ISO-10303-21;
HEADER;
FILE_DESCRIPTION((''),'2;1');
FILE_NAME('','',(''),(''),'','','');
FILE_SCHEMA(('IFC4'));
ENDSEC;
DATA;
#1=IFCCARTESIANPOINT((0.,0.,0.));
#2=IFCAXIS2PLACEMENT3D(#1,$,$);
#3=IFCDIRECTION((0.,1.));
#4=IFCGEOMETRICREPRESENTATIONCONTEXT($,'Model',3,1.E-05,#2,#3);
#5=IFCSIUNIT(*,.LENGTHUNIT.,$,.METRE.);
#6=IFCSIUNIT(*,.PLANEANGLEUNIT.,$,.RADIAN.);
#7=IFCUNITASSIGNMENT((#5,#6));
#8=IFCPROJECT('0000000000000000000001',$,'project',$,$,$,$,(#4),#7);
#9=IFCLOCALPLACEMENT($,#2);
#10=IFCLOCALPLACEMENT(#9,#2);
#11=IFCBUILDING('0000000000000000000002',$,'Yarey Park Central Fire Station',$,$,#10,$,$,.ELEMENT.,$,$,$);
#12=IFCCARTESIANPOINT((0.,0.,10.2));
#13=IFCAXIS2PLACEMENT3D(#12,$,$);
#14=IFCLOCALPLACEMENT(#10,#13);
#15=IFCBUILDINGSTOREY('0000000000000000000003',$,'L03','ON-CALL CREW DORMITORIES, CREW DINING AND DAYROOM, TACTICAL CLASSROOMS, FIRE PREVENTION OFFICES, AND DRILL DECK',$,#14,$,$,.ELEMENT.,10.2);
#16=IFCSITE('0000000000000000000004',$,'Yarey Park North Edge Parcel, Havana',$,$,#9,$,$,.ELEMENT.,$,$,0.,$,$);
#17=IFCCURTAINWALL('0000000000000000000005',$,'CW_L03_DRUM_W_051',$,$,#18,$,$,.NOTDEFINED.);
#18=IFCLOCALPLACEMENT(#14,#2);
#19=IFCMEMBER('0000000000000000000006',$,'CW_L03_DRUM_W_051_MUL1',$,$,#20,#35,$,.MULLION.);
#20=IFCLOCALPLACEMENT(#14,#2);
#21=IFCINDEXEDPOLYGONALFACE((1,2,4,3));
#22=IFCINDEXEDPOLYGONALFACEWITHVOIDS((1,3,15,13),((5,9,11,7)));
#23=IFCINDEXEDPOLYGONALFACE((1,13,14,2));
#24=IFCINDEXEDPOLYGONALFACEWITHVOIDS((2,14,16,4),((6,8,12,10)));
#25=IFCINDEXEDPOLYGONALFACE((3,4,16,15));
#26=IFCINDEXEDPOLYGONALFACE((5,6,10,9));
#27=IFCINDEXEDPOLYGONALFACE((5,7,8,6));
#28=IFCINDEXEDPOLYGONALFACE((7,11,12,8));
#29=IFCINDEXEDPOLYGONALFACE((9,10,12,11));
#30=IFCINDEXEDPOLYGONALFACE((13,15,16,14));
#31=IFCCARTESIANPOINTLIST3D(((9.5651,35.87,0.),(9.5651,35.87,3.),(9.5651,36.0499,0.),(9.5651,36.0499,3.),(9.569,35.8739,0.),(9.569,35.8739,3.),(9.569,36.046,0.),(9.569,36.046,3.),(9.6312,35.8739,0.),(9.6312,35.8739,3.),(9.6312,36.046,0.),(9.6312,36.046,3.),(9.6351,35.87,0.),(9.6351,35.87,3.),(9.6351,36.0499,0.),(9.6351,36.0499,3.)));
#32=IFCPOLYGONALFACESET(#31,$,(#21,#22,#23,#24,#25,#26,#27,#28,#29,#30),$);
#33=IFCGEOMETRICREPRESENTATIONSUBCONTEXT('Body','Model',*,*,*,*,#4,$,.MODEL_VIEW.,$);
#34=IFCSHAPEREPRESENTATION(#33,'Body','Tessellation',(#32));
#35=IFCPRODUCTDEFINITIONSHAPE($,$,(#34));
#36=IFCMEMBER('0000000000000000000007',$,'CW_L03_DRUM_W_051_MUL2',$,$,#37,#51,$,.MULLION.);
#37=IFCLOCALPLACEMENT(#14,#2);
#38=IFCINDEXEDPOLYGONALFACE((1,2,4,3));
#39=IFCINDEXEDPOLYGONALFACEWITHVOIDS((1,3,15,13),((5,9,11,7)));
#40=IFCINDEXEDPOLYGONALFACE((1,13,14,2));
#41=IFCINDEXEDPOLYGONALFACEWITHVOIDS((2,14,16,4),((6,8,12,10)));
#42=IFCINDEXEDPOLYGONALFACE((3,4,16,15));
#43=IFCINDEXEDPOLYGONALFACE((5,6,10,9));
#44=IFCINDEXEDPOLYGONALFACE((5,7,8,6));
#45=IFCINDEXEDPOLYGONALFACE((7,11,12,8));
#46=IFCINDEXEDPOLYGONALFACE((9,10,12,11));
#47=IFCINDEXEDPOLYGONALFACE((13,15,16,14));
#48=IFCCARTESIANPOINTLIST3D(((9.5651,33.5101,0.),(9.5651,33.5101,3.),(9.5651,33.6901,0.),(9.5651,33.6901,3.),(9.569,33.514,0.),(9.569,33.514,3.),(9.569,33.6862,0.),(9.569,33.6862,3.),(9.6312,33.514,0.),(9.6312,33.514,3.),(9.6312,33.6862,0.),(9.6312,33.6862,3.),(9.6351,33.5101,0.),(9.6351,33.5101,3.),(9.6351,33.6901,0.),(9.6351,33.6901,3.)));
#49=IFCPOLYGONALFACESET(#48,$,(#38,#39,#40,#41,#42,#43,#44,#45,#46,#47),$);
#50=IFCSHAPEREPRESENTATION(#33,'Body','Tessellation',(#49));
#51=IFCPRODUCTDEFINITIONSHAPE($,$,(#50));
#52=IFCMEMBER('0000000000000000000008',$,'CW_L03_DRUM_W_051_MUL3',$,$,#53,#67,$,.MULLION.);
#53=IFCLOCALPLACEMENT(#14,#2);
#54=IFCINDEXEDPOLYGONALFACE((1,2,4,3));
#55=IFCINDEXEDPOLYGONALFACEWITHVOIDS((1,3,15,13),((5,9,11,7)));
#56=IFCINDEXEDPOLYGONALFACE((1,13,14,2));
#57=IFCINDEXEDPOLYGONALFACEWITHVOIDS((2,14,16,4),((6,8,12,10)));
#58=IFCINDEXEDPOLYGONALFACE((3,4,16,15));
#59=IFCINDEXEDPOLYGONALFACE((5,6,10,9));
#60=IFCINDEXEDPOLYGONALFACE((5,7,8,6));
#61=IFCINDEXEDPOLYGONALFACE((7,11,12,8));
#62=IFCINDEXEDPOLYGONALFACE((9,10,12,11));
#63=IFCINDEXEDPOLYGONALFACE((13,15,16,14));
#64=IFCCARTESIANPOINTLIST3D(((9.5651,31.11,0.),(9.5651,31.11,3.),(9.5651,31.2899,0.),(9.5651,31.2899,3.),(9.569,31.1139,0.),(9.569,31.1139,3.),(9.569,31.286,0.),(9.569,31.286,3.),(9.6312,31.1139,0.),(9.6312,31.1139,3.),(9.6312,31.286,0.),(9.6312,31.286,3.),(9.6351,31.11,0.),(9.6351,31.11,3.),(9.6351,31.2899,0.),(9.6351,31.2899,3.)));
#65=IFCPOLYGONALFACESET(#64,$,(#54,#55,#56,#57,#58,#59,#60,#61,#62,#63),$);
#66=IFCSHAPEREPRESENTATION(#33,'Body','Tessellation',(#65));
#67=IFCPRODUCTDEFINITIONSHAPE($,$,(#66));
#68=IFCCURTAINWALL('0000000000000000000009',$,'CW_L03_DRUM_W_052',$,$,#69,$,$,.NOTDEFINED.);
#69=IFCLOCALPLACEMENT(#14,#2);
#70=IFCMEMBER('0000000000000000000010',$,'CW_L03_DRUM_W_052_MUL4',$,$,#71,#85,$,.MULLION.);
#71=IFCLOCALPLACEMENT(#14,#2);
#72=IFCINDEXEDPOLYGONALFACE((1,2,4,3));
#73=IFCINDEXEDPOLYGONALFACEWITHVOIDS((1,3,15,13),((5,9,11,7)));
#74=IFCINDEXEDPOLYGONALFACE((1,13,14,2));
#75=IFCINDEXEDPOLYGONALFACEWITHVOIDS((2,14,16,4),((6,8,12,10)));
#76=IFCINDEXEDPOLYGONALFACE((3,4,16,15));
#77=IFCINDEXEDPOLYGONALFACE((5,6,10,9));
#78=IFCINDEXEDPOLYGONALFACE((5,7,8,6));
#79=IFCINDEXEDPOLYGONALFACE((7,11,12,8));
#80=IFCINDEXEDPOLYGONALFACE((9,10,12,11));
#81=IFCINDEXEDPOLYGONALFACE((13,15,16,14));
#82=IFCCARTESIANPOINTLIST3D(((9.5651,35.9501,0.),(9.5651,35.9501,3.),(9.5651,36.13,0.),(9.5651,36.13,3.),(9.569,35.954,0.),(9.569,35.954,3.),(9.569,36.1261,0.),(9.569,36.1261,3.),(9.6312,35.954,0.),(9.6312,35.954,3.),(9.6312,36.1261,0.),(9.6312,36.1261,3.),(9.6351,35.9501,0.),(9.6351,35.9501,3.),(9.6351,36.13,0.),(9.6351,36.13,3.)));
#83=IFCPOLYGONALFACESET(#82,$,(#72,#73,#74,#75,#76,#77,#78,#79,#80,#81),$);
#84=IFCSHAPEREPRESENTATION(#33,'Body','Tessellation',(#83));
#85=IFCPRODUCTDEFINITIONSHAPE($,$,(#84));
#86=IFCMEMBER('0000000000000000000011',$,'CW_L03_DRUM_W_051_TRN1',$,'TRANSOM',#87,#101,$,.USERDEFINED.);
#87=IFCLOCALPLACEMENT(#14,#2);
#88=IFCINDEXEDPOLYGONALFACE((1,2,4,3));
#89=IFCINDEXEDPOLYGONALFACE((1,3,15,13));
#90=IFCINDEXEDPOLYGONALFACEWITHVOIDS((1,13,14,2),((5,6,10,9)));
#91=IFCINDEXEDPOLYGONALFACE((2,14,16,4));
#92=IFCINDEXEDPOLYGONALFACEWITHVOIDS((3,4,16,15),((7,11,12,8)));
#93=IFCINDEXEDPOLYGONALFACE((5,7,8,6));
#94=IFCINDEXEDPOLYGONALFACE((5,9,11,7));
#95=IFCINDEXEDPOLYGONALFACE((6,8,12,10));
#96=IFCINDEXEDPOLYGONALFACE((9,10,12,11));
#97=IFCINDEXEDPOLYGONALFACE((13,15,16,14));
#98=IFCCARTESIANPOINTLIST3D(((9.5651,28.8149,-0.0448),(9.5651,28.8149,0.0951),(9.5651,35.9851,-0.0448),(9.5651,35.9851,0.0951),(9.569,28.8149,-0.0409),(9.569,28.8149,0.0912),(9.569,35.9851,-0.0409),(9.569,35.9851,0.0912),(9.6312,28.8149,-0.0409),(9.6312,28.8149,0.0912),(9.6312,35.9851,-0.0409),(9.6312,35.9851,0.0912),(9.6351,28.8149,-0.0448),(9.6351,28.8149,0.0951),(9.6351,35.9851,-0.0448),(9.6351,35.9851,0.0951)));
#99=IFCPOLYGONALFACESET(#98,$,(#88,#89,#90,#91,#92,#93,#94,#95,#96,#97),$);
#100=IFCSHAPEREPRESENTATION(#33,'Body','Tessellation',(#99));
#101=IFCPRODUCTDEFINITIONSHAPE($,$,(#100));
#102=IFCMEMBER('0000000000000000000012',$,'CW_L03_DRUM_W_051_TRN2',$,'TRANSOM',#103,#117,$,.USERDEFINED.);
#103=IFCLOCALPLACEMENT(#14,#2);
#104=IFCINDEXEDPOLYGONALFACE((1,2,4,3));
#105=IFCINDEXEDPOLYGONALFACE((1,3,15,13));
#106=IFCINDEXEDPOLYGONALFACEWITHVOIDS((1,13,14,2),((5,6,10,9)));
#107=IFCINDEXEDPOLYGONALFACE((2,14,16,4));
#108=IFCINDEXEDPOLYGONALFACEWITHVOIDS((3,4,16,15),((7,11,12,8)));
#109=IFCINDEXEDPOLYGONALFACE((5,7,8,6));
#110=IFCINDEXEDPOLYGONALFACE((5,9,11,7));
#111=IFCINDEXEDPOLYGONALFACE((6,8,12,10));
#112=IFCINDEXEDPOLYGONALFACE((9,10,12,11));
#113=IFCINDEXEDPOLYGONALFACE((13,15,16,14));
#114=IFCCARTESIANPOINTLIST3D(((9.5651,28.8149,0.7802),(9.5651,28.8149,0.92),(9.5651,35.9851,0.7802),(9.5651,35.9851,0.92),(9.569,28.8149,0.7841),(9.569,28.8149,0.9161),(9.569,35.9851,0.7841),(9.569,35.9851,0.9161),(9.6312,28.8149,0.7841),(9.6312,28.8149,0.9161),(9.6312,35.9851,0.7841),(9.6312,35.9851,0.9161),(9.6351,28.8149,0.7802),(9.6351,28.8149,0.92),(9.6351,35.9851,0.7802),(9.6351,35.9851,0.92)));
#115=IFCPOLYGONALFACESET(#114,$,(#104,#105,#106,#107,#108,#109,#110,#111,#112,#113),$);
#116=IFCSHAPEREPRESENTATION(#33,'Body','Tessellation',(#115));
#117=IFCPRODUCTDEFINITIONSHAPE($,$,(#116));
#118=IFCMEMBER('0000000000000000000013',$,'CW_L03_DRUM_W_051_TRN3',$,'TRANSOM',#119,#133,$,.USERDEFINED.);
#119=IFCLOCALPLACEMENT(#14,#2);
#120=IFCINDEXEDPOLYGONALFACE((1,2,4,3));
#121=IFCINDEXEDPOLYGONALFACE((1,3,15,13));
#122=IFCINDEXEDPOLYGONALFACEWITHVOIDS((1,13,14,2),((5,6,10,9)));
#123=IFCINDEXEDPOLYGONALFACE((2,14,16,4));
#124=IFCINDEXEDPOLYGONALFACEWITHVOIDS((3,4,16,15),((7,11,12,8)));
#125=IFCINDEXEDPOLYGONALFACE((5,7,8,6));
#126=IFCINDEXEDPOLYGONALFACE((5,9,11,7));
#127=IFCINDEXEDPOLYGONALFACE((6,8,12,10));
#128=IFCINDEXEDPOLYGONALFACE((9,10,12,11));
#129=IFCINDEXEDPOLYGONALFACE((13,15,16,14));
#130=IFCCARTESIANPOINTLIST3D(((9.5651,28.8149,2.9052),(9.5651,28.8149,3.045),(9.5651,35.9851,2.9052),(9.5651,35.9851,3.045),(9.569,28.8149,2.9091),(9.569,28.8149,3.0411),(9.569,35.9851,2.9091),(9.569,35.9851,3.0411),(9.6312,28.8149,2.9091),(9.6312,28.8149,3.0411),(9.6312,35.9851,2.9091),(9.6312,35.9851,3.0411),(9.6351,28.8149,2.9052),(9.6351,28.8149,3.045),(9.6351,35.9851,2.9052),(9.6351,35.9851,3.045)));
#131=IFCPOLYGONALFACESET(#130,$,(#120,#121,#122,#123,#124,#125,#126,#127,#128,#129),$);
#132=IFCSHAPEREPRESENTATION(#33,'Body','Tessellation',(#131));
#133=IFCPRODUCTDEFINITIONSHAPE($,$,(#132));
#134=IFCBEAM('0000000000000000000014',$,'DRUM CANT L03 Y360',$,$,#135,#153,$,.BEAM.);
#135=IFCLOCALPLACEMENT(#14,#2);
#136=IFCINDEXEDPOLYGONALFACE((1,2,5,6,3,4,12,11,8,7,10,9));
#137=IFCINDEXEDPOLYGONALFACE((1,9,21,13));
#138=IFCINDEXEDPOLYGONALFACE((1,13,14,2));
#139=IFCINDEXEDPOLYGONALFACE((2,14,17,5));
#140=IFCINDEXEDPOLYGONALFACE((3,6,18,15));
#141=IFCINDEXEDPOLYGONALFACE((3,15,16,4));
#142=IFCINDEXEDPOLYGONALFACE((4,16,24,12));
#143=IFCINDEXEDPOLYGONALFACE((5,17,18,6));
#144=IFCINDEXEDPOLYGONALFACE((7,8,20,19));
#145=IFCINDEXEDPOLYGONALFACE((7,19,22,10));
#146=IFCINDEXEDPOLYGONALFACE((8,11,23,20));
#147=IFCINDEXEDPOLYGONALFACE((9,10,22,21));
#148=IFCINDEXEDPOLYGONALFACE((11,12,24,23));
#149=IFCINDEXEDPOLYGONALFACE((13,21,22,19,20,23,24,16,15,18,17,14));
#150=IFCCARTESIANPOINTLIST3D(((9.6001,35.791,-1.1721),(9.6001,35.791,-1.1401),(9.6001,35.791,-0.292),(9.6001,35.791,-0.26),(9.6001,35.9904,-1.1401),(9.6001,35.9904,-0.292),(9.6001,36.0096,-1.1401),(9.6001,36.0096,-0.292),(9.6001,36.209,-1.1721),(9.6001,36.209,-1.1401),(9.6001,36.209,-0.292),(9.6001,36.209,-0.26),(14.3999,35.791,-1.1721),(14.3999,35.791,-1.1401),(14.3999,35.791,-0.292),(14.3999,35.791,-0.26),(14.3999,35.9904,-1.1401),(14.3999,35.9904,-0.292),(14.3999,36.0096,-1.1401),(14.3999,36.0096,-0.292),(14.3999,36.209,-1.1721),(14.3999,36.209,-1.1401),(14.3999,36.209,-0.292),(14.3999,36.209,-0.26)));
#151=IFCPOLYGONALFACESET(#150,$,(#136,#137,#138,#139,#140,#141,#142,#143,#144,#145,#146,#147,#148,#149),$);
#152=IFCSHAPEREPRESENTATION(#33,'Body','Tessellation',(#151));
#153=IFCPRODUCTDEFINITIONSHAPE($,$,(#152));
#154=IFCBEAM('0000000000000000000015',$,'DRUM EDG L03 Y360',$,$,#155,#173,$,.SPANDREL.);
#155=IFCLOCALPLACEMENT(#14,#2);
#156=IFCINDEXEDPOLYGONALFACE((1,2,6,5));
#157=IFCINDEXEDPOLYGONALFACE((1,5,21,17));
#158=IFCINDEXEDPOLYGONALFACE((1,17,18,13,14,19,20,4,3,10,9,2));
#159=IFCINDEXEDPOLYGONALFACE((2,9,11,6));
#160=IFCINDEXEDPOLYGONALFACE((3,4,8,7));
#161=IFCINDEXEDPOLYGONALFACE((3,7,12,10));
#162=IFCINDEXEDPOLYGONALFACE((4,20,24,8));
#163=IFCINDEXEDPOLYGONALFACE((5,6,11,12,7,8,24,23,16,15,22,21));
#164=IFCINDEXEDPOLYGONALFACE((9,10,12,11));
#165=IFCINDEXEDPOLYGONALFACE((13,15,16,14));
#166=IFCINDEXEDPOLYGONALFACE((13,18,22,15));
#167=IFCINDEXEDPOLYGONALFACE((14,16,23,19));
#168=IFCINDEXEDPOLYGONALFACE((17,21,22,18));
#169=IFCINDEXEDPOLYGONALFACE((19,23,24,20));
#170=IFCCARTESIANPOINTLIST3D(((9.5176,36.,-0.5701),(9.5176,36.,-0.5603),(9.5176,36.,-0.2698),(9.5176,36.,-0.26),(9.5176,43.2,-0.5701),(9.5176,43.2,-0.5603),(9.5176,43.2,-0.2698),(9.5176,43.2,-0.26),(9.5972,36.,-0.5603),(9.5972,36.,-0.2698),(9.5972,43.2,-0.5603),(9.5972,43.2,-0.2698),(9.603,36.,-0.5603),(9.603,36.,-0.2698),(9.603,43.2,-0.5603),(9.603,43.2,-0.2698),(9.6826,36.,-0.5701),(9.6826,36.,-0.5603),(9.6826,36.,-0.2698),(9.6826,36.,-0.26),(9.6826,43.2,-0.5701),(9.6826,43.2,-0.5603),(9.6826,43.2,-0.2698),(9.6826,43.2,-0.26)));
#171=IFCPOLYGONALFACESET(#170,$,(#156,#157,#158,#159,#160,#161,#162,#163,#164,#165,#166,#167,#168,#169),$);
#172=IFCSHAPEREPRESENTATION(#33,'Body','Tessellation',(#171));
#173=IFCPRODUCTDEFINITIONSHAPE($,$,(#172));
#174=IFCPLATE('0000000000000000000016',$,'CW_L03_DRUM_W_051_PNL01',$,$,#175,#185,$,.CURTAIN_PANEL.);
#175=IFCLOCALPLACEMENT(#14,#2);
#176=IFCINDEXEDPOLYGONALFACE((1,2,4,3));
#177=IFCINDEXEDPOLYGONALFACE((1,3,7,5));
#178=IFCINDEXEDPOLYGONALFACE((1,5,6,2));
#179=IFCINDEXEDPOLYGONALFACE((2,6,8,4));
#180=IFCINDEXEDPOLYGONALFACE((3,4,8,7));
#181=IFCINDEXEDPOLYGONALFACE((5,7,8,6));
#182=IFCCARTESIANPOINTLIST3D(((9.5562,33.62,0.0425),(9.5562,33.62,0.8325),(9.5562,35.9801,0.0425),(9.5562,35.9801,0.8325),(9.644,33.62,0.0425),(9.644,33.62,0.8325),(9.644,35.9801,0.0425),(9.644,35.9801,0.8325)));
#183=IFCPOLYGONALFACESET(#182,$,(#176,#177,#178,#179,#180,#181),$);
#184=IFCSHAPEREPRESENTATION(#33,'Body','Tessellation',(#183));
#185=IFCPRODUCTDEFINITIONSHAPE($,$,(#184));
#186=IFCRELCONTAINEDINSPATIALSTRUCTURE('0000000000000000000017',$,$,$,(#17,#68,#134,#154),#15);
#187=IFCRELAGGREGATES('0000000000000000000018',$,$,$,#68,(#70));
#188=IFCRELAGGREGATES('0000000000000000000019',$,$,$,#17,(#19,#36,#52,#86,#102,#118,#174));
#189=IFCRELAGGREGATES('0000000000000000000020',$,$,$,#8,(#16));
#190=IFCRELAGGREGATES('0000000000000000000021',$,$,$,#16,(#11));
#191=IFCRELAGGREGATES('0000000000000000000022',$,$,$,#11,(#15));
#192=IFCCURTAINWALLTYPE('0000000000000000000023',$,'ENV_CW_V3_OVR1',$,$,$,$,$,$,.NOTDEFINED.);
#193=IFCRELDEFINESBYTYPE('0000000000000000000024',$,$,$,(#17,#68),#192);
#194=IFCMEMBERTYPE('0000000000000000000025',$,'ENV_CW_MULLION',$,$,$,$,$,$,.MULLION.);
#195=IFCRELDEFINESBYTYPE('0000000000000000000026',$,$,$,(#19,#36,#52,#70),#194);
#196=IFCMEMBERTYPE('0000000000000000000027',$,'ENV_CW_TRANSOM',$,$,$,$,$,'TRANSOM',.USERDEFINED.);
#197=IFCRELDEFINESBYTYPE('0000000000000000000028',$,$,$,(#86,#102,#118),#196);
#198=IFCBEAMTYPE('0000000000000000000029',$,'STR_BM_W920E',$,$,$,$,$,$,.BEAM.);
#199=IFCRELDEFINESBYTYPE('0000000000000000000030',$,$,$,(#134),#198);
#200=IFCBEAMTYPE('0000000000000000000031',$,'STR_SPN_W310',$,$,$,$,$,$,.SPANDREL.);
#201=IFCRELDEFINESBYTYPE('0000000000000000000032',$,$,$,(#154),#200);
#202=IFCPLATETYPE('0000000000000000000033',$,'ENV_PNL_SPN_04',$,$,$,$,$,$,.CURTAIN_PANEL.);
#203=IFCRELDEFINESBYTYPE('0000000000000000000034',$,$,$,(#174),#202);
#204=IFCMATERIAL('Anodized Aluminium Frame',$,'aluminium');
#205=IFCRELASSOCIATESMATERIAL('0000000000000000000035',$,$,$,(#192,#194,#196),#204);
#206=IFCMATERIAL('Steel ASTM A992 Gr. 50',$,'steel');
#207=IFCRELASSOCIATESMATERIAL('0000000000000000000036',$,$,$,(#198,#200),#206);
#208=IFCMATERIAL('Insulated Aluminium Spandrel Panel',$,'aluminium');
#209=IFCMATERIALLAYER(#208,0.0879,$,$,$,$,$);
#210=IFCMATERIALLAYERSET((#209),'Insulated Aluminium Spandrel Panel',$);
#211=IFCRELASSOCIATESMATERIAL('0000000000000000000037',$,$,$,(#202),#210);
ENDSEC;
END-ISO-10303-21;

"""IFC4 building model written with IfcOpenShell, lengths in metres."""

from ifc_helpers import new_model, si_unit, direction, frame, origin, origin_2d, place, context, subcontext, project, spatial, rectangle, hollow_rectangle, i_section, extrude, material, layer, layer_set, material_profile, profile_set, type_object, element, aggregate, save


model = new_model("IFC4")

# Units and contexts
model_context = context("Model", 3, precision=1e-05, world=origin(), true_north=direction((0.0, 1.0)))
body_context = subcontext(model_context, "Body", "Model", "MODEL_VIEW")
ifc_project = project(units=[si_unit("LENGTHUNIT", "METRE"), si_unit("PLANEANGLEUNIT", "RADIAN")], contexts=[model_context])

# Site, building, storey
site_placement = place(None, origin())
site = spatial("IfcSite", under=ifc_project, at=site_placement, Name="Yarey Park North Edge Parcel, Havana", CompositionType="ELEMENT", RefElevation=0.0)
building_placement = place(site_placement, origin())
building = spatial("IfcBuilding", under=site, at=building_placement, Name="Yarey Park Central Fire Station", CompositionType="ELEMENT")
storey_placement = place(building_placement, frame((0.0, 0.0, 10.2)))
storey = spatial("IfcBuildingStorey", under=building, at=storey_placement, Name="L03", Description="ON-CALL CREW DORMITORIES, CREW DINING AND DAYROOM, TACTICAL CLASSROOMS, FIRE PREVENTION OFFICES, AND DRILL DECK", CompositionType="ELEMENT", Elevation=10.2)

# Curtain wall, members
ifc_material_1 = material(Name="Anodized Aluminium Frame", Category="aluminium")
curtain_wall_type = type_object("IfcCurtainWallType", Name="ENV_CW_V3_OVR1", PredefinedType="NOTDEFINED", material=ifc_material_1)
curtain_wall_1_placement = place(storey_placement, origin())
curtain_wall_1 = element("IfcCurtainWall", 1, at=curtain_wall_1_placement, inside=storey, type_object=curtain_wall_type, Name="CW_L03_DRUM_W_051", PredefinedType="NOTDEFINED")
ifc_material_profile_1 = material_profile(ifc_material_1, hollow_rectangle(XDim=0.0701, YDim=0.1799, WallThickness=0.0039, at=origin_2d()), Name="ALU 180x70x4")
ifc_profile_set_1 = profile_set([ifc_material_profile_1], Name="Anodized Aluminium Frame")
member_type_1 = type_object("IfcMemberType", Name="ENV_CW_MULLION", PredefinedType="MULLION", material=ifc_profile_set_1)
member_1_placement = place(storey_placement, frame((9.6001, 35.96, 0.0), z_axis=(0.0, 0.0, 1.0), x_axis=(1.0, 0.0, 0.0)))
member_1 = element("IfcMember", 2, at=member_1_placement, type_object=member_type_1, Name="CW_L03_DRUM_W_051_MUL1", PredefinedType="MULLION", context=body_context, shape_type="SweptSolid", body=[
    extrude(hollow_rectangle(XDim=0.0701, YDim=0.1799, WallThickness=0.0039, at=origin_2d()), origin(), (0.0, 0.0, 1.0), 3.0),
])
member_2_placement = place(storey_placement, frame((9.6001, 33.6001, 0.0), z_axis=(0.0, 0.0, 1.0), x_axis=(1.0, 0.0, 0.0)))
member_2 = element("IfcMember", 3, at=member_2_placement, type_object=member_type_1, Name="CW_L03_DRUM_W_051_MUL2", PredefinedType="MULLION", context=body_context, shape_type="SweptSolid", body=[
    extrude(hollow_rectangle(XDim=0.0701, YDim=0.1799, WallThickness=0.0039, at=origin_2d()), origin(), (0.0, 0.0, 1.0), 3.0),
])
member_3_placement = place(storey_placement, frame((9.6001, 31.2, 0.0), z_axis=(0.0, 0.0, 1.0), x_axis=(1.0, 0.0, 0.0)))
member_3 = element("IfcMember", 4, at=member_3_placement, type_object=member_type_1, Name="CW_L03_DRUM_W_051_MUL3", PredefinedType="MULLION", context=body_context, shape_type="SweptSolid", body=[
    extrude(hollow_rectangle(XDim=0.0701, YDim=0.1799, WallThickness=0.0039, at=origin_2d()), origin(), (0.0, 0.0, 1.0), 3.0),
])

# Curtain wall, member
curtain_wall_2_placement = place(storey_placement, origin())
curtain_wall_2 = element("IfcCurtainWall", 5, at=curtain_wall_2_placement, inside=storey, type_object=curtain_wall_type, Name="CW_L03_DRUM_W_052", PredefinedType="NOTDEFINED")
member_4_placement = place(storey_placement, frame((9.6001, 36.04, 0.0), z_axis=(0.0, 0.0, 1.0), x_axis=(1.0, 0.0, 0.0)))
member_4 = element("IfcMember", 6, at=member_4_placement, type_object=member_type_1, Name="CW_L03_DRUM_W_052_MUL4", PredefinedType="MULLION", context=body_context, shape_type="SweptSolid", body=[
    extrude(hollow_rectangle(XDim=0.0701, YDim=0.1799, WallThickness=0.0039, at=origin_2d()), origin(), (0.0, 0.0, 1.0), 3.0),
])
aggregate(curtain_wall_2, [member_4])

# Members
ifc_material_profile_2 = material_profile(ifc_material_1, hollow_rectangle(XDim=0.0701, YDim=0.1399, WallThickness=0.0039, at=origin_2d()), Name="ALU 140x70x4")
ifc_profile_set_2 = profile_set([ifc_material_profile_2], Name="Anodized Aluminium Frame")
member_type_2 = type_object("IfcMemberType", Name="ENV_CW_TRANSOM", ElementType="TRANSOM", PredefinedType="USERDEFINED", material=ifc_profile_set_2)
member_5_placement = place(storey_placement, frame((9.6001, 35.9851, 0.0251), z_axis=(0.0, -1.0, 0.0), x_axis=(1.0, 0.0, 0.0)))
member_5 = element("IfcMember", 7, at=member_5_placement, type_object=member_type_2, Name="CW_L03_DRUM_W_051_TRN1", ObjectType="TRANSOM", PredefinedType="USERDEFINED", context=body_context, shape_type="SweptSolid", body=[
    extrude(hollow_rectangle(XDim=0.0701, YDim=0.1399, WallThickness=0.0039, at=origin_2d()), origin(), (0.0, 0.0, 1.0), 7.1702),
])
member_6_placement = place(storey_placement, frame((9.6001, 35.9851, 0.8501), z_axis=(0.0, -1.0, 0.0), x_axis=(1.0, 0.0, 0.0)))
member_6 = element("IfcMember", 8, at=member_6_placement, type_object=member_type_2, Name="CW_L03_DRUM_W_051_TRN2", ObjectType="TRANSOM", PredefinedType="USERDEFINED", context=body_context, shape_type="SweptSolid", body=[
    extrude(hollow_rectangle(XDim=0.0701, YDim=0.1399, WallThickness=0.0039, at=origin_2d()), origin(), (0.0, 0.0, 1.0), 7.1702),
])
member_7_placement = place(storey_placement, frame((9.6001, 35.9851, 2.9751), z_axis=(0.0, -1.0, 0.0), x_axis=(1.0, 0.0, 0.0)))
member_7 = element("IfcMember", 9, at=member_7_placement, type_object=member_type_2, Name="CW_L03_DRUM_W_051_TRN3", ObjectType="TRANSOM", PredefinedType="USERDEFINED", context=body_context, shape_type="SweptSolid", body=[
    extrude(hollow_rectangle(XDim=0.0701, YDim=0.1399, WallThickness=0.0039, at=origin_2d()), origin(), (0.0, 0.0, 1.0), 7.1702),
])

# Beams
ifc_material_2 = material(Name="Steel ASTM A992 Gr. 50", Category="steel")
ifc_material_profile_3 = material_profile(ifc_material_2, i_section(OverallWidth=0.418, OverallDepth=0.9121, WebThickness=0.0193, FlangeThickness=0.032, at=origin_2d()), Name="W920x342")
ifc_profile_set_3 = profile_set([ifc_material_profile_3], Name="Steel ASTM A992 Gr. 50")
beam_type_1 = type_object("IfcBeamType", Name="STR_BM_W920E", PredefinedType="BEAM", material=ifc_profile_set_3)
beam_1_placement = place(storey_placement, frame((9.6001, 36.0, -0.7161), z_axis=(1.0, 0.0, 0.0), x_axis=(0.0, 1.0, 0.0)))
element("IfcBeam", 10, at=beam_1_placement, inside=storey, type_object=beam_type_1, Name="DRUM CANT L03 Y360", PredefinedType="BEAM", context=body_context, shape_type="SweptSolid", body=[
    extrude(i_section(OverallWidth=0.418, OverallDepth=0.9121, WebThickness=0.0193, FlangeThickness=0.032, at=origin_2d()), origin(), (0.0, 0.0, 1.0), 4.7998),
])
ifc_material_profile_4 = material_profile(ifc_material_2, i_section(OverallWidth=0.165, OverallDepth=0.3101, WebThickness=0.0059, FlangeThickness=0.0098, at=origin_2d()), Name="W310x39")
ifc_profile_set_4 = profile_set([ifc_material_profile_4], Name="Steel ASTM A992 Gr. 50")
beam_type_2 = type_object("IfcBeamType", Name="STR_SPN_W310", PredefinedType="SPANDREL", material=ifc_profile_set_4)
beam_2_placement = place(storey_placement, frame((9.6001, 36.0, -0.415), z_axis=(0.0, 1.0, 0.0), x_axis=(-1.0, 0.0, 0.0)))
element("IfcBeam", 11, at=beam_2_placement, inside=storey, type_object=beam_type_2, Name="DRUM EDG L03 Y360", PredefinedType="SPANDREL", context=body_context, shape_type="SweptSolid", body=[
    extrude(i_section(OverallWidth=0.165, OverallDepth=0.3101, WebThickness=0.0059, FlangeThickness=0.0098, at=origin_2d()), origin(), (0.0, 0.0, 1.0), 7.2),
])

# Plate
ifc_material_3 = material(Name="Insulated Aluminium Spandrel Panel", Category="aluminium")
ifc_layer_1 = layer(ifc_material_3, 0.0879)
ifc_layer_set_1 = layer_set([ifc_layer_1], Name="Insulated Aluminium Spandrel Panel")
plate_type_1 = type_object("IfcPlateType", Name="ENV_PNL_SPN_04", PredefinedType="CURTAIN_PANEL", material=ifc_layer_set_1)
plate_1_placement = place(storey_placement, frame((9.6001, 34.8, 0.0425), z_axis=(0.0, 0.0, 1.0), x_axis=(0.0, -1.0, 0.0)))
plate_1 = element("IfcPlate", 12, at=plate_1_placement, type_object=plate_type_1, Name="CW_L03_DRUM_W_051_PNL01", PredefinedType="CURTAIN_PANEL", context=body_context, shape_type="SweptSolid", body=[
    extrude(rectangle(XDim=2.3601, YDim=0.0879, at=origin_2d()), origin(), (0.0, 0.0, 1.0), 0.79),
])
aggregate(curtain_wall_1, [member_1, member_2, member_3, member_5, member_6, member_7, plate_1])

save(model, "model.ifc")
